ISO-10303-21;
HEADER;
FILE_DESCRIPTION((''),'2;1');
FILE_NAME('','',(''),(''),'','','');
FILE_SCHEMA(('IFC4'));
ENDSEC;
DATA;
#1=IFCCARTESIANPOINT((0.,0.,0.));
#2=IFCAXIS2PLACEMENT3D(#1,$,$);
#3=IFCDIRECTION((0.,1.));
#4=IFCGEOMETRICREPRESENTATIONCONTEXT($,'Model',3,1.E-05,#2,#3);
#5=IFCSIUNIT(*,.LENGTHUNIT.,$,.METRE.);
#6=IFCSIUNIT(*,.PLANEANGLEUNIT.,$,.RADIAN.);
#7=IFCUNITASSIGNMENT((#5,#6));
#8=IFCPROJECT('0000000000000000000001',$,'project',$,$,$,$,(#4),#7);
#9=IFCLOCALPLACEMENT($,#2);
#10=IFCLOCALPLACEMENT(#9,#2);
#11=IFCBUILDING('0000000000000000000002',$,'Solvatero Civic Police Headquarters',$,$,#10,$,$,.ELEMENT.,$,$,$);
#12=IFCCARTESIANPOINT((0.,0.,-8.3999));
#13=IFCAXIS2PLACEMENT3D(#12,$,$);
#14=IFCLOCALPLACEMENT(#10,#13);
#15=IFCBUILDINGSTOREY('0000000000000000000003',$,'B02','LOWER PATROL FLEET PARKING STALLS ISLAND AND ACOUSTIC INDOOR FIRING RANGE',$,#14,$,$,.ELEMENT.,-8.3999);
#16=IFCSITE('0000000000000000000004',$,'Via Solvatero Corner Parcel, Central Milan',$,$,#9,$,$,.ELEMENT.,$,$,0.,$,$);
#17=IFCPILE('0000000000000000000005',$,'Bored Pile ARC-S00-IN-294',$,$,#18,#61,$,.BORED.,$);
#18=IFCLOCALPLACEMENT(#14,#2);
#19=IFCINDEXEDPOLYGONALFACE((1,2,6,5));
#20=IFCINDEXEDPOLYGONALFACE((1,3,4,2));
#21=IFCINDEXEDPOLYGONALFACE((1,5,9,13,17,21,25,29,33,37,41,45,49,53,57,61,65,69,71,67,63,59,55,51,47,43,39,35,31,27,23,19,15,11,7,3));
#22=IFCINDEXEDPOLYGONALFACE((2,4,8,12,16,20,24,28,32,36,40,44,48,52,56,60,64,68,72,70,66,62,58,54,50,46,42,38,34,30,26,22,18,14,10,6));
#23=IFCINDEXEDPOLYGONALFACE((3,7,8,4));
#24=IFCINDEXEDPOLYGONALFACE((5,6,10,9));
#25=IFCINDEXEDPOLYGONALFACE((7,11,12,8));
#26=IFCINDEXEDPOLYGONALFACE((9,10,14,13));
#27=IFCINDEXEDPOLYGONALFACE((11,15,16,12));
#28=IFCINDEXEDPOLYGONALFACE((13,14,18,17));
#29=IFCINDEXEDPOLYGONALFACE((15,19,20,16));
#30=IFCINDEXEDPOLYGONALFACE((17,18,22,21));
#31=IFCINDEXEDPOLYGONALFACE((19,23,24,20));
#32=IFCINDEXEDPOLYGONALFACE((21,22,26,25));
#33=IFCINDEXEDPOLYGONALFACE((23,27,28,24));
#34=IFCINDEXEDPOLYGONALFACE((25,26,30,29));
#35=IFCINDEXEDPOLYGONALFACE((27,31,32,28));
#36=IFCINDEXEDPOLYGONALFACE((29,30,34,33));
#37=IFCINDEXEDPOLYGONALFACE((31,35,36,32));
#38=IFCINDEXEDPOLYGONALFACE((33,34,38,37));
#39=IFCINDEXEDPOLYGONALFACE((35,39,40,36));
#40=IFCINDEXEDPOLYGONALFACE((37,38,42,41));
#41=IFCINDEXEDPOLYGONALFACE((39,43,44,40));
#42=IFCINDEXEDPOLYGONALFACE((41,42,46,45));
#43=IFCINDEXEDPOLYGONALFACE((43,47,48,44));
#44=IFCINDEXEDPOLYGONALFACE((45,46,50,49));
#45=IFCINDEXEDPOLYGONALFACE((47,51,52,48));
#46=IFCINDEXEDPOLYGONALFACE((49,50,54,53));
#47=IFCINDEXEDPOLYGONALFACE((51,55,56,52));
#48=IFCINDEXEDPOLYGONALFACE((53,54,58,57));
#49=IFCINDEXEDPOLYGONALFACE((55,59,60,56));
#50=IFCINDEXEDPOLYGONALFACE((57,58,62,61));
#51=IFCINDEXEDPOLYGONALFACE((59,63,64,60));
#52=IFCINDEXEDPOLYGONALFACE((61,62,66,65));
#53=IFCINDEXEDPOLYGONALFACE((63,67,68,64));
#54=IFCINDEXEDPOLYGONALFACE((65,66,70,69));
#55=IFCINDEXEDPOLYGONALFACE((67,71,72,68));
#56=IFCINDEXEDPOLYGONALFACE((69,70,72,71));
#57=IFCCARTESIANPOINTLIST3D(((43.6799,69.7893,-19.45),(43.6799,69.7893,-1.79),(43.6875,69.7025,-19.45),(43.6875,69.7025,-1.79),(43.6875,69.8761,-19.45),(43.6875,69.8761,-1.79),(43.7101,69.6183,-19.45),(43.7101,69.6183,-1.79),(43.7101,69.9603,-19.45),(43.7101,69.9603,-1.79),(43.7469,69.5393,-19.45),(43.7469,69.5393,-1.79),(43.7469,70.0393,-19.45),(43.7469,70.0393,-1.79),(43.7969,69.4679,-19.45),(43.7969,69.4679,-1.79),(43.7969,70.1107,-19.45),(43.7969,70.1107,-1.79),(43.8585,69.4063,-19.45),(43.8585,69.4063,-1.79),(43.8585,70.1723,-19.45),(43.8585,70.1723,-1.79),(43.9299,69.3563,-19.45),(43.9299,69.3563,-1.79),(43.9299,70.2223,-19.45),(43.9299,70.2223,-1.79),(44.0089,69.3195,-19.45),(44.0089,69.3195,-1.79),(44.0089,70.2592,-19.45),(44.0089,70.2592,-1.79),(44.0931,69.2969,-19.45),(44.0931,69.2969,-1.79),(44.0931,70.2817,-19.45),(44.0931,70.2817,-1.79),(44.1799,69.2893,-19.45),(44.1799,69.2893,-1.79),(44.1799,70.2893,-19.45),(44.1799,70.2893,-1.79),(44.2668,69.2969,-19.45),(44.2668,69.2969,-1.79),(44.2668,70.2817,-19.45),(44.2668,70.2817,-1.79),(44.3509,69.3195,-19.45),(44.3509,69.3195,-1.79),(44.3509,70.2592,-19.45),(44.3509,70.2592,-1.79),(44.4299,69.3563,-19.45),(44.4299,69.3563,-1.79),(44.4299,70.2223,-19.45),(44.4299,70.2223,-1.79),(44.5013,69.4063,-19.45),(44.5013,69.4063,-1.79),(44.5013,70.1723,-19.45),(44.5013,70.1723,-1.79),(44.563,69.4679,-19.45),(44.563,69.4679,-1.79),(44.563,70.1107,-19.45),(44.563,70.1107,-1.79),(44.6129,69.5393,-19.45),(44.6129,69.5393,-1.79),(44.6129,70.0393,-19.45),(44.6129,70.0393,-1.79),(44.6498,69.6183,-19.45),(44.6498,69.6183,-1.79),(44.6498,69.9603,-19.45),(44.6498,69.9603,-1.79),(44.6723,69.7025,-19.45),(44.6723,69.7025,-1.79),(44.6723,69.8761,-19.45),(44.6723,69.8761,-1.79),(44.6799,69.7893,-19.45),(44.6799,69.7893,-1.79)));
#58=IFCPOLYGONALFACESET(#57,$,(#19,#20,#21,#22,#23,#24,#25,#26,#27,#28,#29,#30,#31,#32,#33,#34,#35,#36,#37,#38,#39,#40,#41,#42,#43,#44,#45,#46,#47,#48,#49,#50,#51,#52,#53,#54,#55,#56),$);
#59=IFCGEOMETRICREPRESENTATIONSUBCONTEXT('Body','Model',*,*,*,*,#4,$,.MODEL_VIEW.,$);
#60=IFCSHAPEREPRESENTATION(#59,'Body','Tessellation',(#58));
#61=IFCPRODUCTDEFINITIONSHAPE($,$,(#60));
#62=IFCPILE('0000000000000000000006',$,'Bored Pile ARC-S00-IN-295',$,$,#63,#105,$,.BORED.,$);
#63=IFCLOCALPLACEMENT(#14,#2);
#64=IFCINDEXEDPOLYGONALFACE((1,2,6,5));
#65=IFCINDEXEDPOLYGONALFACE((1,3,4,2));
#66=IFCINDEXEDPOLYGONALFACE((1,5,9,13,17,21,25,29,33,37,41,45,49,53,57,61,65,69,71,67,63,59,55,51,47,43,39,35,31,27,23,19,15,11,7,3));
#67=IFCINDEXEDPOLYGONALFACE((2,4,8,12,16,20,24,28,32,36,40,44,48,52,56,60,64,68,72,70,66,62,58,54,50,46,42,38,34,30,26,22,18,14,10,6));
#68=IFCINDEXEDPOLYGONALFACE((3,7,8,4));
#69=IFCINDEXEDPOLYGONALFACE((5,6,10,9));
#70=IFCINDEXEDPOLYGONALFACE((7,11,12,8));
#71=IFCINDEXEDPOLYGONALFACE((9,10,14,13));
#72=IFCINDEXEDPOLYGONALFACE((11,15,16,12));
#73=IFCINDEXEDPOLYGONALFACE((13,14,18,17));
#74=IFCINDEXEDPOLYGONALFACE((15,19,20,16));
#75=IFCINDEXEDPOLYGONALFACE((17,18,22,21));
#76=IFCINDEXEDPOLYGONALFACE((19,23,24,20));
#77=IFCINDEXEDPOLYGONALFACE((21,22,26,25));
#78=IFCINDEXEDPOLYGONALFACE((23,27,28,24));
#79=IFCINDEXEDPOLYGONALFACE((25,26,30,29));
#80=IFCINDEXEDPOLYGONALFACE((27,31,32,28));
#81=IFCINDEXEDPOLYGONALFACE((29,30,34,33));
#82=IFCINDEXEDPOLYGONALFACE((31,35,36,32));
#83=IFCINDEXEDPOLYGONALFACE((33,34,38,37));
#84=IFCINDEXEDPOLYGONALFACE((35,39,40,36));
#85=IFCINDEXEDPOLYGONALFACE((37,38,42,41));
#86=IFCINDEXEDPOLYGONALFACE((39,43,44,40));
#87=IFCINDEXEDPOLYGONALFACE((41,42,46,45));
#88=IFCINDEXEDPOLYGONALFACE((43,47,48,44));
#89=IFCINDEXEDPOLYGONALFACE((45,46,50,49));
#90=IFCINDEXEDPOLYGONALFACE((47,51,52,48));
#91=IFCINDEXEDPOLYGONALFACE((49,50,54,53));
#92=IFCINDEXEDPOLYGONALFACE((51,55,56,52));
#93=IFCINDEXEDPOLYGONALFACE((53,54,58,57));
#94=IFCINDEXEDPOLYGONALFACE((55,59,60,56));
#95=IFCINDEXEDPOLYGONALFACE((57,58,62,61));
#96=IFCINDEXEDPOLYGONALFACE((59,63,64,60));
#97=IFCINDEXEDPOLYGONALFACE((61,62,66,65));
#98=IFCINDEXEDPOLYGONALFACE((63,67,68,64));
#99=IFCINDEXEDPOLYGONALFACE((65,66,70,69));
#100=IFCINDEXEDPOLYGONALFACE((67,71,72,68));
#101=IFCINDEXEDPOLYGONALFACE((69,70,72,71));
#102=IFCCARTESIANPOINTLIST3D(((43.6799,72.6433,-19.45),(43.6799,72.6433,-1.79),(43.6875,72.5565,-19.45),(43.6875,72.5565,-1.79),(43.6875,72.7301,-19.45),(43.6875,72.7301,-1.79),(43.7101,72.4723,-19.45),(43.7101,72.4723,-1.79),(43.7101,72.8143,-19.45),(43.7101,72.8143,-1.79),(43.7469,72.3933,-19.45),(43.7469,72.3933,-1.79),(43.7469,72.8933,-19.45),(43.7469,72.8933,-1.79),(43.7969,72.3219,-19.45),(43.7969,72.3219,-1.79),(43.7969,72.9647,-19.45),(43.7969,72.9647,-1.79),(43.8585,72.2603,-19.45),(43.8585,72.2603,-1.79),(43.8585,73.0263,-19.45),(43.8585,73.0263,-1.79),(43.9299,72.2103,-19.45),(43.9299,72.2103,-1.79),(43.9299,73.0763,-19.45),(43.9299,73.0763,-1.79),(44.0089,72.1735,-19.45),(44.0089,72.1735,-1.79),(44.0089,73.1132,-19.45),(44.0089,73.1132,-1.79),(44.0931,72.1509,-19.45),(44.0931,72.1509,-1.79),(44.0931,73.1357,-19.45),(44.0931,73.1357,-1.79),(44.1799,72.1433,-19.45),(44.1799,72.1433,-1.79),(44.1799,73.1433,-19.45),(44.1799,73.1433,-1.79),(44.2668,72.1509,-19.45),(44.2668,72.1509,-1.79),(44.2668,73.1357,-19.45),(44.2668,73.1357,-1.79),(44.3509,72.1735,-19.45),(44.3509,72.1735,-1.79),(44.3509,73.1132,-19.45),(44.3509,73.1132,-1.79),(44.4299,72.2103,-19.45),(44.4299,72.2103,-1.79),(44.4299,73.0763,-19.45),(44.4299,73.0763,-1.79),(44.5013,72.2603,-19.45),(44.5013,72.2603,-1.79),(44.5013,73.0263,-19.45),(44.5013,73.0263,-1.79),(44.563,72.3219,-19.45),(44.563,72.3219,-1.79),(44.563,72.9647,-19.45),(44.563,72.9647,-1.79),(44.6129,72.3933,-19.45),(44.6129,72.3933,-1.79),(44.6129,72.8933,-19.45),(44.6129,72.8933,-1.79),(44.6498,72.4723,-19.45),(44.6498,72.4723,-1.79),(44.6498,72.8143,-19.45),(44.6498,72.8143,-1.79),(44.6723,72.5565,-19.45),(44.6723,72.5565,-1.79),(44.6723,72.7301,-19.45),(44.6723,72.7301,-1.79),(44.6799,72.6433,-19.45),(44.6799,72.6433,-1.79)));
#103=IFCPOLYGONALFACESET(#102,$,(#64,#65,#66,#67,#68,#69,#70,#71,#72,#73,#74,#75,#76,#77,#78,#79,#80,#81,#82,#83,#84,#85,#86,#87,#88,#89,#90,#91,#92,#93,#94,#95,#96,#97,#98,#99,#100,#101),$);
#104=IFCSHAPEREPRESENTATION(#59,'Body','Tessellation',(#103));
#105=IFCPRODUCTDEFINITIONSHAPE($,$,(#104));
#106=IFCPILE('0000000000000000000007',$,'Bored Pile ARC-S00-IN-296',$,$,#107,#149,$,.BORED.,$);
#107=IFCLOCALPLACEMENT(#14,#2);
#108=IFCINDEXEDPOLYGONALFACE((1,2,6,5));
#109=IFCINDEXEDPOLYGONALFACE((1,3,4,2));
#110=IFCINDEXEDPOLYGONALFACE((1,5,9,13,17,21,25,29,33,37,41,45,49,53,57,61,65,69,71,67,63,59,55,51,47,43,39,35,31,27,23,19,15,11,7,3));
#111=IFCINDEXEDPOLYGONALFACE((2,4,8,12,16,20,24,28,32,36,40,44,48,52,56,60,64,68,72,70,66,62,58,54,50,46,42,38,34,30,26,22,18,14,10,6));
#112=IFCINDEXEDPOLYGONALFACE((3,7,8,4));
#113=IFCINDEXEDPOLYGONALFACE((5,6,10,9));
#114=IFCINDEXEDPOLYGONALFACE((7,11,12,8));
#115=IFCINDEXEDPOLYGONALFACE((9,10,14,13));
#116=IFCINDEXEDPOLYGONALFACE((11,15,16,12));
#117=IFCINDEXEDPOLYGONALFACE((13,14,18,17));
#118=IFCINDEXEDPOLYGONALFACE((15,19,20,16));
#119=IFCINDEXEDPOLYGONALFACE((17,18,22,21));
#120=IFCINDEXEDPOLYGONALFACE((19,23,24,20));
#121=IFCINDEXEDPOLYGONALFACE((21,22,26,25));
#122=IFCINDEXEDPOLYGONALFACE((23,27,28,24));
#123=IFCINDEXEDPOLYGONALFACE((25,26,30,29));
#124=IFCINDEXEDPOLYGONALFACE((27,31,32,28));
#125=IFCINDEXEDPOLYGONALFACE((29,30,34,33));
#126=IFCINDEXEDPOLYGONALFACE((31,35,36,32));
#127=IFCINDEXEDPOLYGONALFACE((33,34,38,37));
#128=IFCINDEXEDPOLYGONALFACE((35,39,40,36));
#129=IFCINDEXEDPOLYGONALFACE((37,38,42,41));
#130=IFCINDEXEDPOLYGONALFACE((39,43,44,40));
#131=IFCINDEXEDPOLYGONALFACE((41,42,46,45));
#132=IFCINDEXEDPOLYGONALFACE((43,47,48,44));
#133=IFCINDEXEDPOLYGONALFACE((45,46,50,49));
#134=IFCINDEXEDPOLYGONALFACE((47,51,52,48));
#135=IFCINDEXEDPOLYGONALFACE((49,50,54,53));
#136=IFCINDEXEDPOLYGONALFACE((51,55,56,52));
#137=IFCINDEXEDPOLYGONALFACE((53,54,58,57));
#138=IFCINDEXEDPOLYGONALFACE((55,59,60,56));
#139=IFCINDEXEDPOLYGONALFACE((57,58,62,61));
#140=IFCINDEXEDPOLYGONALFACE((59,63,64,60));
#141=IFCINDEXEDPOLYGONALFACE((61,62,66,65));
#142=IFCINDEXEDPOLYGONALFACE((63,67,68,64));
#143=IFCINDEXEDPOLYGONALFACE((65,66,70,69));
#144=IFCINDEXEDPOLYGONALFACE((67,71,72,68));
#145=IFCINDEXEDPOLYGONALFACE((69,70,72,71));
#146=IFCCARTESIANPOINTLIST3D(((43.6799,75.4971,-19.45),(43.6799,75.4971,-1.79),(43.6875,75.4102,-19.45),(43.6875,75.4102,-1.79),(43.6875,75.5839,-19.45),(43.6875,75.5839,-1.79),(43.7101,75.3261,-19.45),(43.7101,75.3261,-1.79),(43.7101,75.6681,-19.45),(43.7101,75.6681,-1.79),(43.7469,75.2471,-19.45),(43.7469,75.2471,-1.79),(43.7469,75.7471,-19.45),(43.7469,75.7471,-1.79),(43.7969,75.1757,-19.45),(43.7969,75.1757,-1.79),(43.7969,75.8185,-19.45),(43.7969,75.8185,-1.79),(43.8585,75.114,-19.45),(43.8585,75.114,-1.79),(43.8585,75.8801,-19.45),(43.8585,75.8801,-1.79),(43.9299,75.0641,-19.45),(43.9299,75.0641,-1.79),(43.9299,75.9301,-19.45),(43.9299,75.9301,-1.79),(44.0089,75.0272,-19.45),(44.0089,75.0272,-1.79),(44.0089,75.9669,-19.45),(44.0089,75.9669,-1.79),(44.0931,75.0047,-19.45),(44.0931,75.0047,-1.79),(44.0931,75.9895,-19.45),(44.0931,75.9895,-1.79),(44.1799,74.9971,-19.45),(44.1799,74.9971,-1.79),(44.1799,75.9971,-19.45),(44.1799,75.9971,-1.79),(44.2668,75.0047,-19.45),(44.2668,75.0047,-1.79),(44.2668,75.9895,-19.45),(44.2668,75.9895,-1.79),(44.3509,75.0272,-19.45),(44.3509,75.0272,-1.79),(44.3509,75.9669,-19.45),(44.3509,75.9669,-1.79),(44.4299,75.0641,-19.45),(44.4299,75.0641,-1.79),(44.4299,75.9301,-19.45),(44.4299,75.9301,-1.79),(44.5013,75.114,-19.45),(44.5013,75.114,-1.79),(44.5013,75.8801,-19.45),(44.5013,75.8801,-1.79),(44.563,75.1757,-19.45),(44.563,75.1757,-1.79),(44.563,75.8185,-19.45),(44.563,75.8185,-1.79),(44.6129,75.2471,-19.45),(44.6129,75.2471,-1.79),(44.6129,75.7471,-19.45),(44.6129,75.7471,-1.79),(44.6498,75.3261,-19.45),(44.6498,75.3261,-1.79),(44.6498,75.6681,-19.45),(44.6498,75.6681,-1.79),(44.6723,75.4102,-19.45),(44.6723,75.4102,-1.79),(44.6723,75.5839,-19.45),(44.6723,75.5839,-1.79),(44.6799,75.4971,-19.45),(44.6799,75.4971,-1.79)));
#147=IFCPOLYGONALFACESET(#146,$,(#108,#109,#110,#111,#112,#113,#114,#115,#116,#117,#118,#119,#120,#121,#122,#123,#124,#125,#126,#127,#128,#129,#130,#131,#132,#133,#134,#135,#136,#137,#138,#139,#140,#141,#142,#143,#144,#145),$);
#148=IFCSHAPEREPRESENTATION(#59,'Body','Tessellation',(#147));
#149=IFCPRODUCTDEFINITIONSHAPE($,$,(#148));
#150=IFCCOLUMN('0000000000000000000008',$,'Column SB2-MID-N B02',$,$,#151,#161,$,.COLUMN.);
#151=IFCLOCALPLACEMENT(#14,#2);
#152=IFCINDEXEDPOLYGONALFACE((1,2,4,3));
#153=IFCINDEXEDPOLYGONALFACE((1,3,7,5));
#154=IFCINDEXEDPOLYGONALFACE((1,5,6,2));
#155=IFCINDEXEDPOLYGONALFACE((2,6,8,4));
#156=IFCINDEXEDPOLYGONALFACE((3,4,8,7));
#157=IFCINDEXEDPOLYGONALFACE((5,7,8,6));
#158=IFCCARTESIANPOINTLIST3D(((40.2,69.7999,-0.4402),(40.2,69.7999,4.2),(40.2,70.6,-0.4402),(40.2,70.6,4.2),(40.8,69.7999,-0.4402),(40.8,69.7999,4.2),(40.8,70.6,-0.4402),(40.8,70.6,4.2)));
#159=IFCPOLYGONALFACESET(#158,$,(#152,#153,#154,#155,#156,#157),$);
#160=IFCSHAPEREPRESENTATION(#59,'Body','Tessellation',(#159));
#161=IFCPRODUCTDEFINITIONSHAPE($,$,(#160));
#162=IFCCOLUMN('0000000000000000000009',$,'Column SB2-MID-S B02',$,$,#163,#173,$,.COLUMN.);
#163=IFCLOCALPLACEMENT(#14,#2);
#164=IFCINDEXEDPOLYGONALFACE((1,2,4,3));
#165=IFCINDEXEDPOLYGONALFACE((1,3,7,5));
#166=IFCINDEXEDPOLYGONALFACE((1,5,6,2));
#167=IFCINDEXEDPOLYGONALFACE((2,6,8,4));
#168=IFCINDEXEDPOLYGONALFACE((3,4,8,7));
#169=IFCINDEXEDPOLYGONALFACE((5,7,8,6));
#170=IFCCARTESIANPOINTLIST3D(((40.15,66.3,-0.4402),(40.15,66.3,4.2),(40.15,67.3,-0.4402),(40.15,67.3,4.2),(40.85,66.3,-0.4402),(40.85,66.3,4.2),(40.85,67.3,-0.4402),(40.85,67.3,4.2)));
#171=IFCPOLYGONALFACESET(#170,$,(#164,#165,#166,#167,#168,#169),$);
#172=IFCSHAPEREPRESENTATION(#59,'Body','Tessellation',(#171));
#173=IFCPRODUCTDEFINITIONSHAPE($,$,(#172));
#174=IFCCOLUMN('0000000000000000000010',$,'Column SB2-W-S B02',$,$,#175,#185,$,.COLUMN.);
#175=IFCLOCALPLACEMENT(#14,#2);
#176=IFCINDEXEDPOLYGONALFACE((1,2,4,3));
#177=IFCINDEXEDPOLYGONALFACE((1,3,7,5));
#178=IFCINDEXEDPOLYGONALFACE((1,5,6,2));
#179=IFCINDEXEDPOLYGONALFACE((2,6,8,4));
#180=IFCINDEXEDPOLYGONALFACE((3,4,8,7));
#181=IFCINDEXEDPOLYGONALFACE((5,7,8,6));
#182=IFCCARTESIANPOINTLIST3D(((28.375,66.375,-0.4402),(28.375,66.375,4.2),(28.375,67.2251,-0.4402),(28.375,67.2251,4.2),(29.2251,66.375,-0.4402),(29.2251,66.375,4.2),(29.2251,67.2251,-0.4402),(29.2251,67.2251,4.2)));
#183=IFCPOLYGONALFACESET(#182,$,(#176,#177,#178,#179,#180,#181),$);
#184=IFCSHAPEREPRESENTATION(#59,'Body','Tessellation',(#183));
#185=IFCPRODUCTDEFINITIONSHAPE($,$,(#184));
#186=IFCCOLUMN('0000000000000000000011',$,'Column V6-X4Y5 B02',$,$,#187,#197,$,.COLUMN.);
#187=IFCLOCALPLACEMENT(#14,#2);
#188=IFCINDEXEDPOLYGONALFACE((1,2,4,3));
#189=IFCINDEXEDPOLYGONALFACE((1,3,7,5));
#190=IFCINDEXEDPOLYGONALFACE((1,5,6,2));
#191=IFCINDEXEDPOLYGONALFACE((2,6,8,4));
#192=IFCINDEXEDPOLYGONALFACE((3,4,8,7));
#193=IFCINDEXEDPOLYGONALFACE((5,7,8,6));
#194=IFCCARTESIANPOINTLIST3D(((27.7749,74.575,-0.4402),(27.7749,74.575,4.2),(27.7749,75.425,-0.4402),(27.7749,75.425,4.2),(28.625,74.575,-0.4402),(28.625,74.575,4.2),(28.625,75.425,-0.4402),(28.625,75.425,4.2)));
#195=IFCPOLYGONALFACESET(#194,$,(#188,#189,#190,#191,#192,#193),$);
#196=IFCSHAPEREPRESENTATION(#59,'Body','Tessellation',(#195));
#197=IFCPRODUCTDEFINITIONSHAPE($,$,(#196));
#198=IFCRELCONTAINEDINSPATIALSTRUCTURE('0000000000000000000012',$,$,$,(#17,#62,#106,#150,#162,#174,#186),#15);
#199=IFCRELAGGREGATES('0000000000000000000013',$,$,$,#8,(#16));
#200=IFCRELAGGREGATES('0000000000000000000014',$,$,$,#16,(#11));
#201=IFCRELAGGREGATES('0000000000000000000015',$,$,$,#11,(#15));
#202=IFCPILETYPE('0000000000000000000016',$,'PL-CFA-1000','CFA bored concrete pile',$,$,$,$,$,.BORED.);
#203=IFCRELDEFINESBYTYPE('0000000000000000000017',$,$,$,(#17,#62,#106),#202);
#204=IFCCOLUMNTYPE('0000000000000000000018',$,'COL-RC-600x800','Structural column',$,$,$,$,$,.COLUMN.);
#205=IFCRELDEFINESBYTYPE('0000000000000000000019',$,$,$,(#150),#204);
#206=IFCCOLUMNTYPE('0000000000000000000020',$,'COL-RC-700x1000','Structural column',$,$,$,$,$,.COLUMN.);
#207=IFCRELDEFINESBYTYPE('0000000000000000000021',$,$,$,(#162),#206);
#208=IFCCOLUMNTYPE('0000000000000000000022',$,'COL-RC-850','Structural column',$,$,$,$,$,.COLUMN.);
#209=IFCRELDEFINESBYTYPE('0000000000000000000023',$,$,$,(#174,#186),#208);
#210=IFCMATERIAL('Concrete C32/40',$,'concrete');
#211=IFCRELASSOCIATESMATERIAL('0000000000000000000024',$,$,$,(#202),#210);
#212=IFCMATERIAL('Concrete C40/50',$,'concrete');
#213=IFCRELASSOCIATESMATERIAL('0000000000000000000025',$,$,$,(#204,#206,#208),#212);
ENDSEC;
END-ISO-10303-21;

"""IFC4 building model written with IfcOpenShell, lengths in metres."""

from ifc_helpers import new_model, si_unit, direction, frame, origin, origin_2d, place, context, subcontext, project, spatial, rectangle, circle, extrude, material, material_profile, profile_set, type_object, element, save


model = new_model("IFC4")

# Units and contexts
model_context = context("Model", 3, precision=1e-05, world=origin(), true_north=direction((0.0, 1.0)))
body_context = subcontext(model_context, "Body", "Model", "MODEL_VIEW")
ifc_project = project(units=[si_unit("LENGTHUNIT", "METRE"), si_unit("PLANEANGLEUNIT", "RADIAN")], contexts=[model_context])

# Site, building, storey
site_placement = place(None, origin())
site = spatial("IfcSite", under=ifc_project, at=site_placement, Name="Via Solvatero Corner Parcel, Central Milan", CompositionType="ELEMENT", RefElevation=0.0)
building_placement = place(site_placement, origin())
building = spatial("IfcBuilding", under=site, at=building_placement, Name="Solvatero Civic Police Headquarters", CompositionType="ELEMENT")
storey_placement = place(building_placement, frame((0.0, 0.0, -8.3999)))
storey = spatial("IfcBuildingStorey", under=building, at=storey_placement, Name="B02", Description="LOWER PATROL FLEET PARKING STALLS ISLAND AND ACOUSTIC INDOOR FIRING RANGE", CompositionType="ELEMENT", Elevation=-8.3999)

# Piles
ifc_material_1 = material(Name="Concrete C32/40", Category="concrete")
ifc_material_profile_1 = material_profile(ifc_material_1, circle(Radius=0.5, at=origin_2d()), Name="CFA PILE D1000")
ifc_profile_set_1 = profile_set([ifc_material_profile_1], Name="Concrete C32/40")
pile_type = type_object("IfcPileType", Name="PL-CFA-1000", Description="CFA bored concrete pile", PredefinedType="BORED", material=ifc_profile_set_1)
for number, where, z_axis, x_axis, name in (
    (1, (44.1799, 69.7893, -1.79), (0.0, 0.0, -1.0), (1.0, 0.0, 0.0), "Bored Pile ARC-S00-IN-294"),
    (2, (44.1799, 72.6433, -1.79), (0.0, 0.0, -1.0), (1.0, 0.0, 0.0), "Bored Pile ARC-S00-IN-295"),
    (3, (44.1799, 75.4971, -1.79), (0.0, 0.0, -1.0), (1.0, 0.0, 0.0), "Bored Pile ARC-S00-IN-296"),
):
    element("IfcPile", number, at=place(storey_placement, frame(where, z_axis=z_axis, x_axis=x_axis)), inside=storey, type_object=pile_type, Name=name, PredefinedType="BORED", context=body_context, shape_type="SweptSolid", body=[
        extrude(circle(Radius=0.5, at=origin_2d()), origin(), (0.0, 0.0, 1.0), 17.6599),
    ])

# Columns
ifc_material_2 = material(Name="Concrete C40/50", Category="concrete")
ifc_material_profile_2 = material_profile(ifc_material_2, rectangle(XDim=0.6001, YDim=0.8, at=origin_2d()), Name="RC 600x800")
ifc_profile_set_2 = profile_set([ifc_material_profile_2], Name="Concrete C40/50")
column_type_1 = type_object("IfcColumnType", Name="COL-RC-600x800", Description="Structural column", PredefinedType="COLUMN", material=ifc_profile_set_2)
column_1_placement = place(storey_placement, frame((40.5, 70.2, -0.4402), z_axis=(0.0, 0.0, 1.0), x_axis=(1.0, 0.0, 0.0)))
element("IfcColumn", 4, at=column_1_placement, inside=storey, type_object=column_type_1, Name="Column SB2-MID-N B02", PredefinedType="COLUMN", context=body_context, shape_type="SweptSolid", body=[
    extrude(rectangle(XDim=0.6001, YDim=0.8, at=origin_2d()), origin(), (0.0, 0.0, 1.0), 4.6401),
])
ifc_material_profile_3 = material_profile(ifc_material_2, rectangle(XDim=0.7, YDim=1.0, at=origin_2d()), Name="RC 700x1000")
ifc_profile_set_3 = profile_set([ifc_material_profile_3], Name="Concrete C40/50")
column_type_2 = type_object("IfcColumnType", Name="COL-RC-700x1000", Description="Structural column", PredefinedType="COLUMN", material=ifc_profile_set_3)
column_2_placement = place(storey_placement, frame((40.5, 66.8, -0.4402), z_axis=(0.0, 0.0, 1.0), x_axis=(1.0, 0.0, 0.0)))
element("IfcColumn", 5, at=column_2_placement, inside=storey, type_object=column_type_2, Name="Column SB2-MID-S B02", PredefinedType="COLUMN", context=body_context, shape_type="SweptSolid", body=[
    extrude(rectangle(XDim=0.7, YDim=1.0, at=origin_2d()), origin(), (0.0, 0.0, 1.0), 4.6401),
])
ifc_material_profile_4 = material_profile(ifc_material_2, rectangle(XDim=0.8501, YDim=0.8501, at=origin_2d()), Name="RC 850x850")
ifc_profile_set_4 = profile_set([ifc_material_profile_4], Name="Concrete C40/50")
column_type_3 = type_object("IfcColumnType", Name="COL-RC-850", Description="Structural column", PredefinedType="COLUMN", material=ifc_profile_set_4)
for number, where, z_axis, x_axis, name in (
    (6, (28.8, 66.8, -0.4402), (0.0, 0.0, 1.0), (1.0, 0.0, 0.0), "Column SB2-W-S B02"),
    (7, (28.2, 75.0, -0.4402), (0.0, 0.0, 1.0), (1.0, 0.0, 0.0), "Column V6-X4Y5 B02"),
):
    element("IfcColumn", number, at=place(storey_placement, frame(where, z_axis=z_axis, x_axis=x_axis)), inside=storey, type_object=column_type_3, Name=name, PredefinedType="COLUMN", context=body_context, shape_type="SweptSolid", body=[
        extrude(rectangle(XDim=0.8501, YDim=0.8501, at=origin_2d()), origin(), (0.0, 0.0, 1.0), 4.6401),
    ])

save(model, "model.ifc")
